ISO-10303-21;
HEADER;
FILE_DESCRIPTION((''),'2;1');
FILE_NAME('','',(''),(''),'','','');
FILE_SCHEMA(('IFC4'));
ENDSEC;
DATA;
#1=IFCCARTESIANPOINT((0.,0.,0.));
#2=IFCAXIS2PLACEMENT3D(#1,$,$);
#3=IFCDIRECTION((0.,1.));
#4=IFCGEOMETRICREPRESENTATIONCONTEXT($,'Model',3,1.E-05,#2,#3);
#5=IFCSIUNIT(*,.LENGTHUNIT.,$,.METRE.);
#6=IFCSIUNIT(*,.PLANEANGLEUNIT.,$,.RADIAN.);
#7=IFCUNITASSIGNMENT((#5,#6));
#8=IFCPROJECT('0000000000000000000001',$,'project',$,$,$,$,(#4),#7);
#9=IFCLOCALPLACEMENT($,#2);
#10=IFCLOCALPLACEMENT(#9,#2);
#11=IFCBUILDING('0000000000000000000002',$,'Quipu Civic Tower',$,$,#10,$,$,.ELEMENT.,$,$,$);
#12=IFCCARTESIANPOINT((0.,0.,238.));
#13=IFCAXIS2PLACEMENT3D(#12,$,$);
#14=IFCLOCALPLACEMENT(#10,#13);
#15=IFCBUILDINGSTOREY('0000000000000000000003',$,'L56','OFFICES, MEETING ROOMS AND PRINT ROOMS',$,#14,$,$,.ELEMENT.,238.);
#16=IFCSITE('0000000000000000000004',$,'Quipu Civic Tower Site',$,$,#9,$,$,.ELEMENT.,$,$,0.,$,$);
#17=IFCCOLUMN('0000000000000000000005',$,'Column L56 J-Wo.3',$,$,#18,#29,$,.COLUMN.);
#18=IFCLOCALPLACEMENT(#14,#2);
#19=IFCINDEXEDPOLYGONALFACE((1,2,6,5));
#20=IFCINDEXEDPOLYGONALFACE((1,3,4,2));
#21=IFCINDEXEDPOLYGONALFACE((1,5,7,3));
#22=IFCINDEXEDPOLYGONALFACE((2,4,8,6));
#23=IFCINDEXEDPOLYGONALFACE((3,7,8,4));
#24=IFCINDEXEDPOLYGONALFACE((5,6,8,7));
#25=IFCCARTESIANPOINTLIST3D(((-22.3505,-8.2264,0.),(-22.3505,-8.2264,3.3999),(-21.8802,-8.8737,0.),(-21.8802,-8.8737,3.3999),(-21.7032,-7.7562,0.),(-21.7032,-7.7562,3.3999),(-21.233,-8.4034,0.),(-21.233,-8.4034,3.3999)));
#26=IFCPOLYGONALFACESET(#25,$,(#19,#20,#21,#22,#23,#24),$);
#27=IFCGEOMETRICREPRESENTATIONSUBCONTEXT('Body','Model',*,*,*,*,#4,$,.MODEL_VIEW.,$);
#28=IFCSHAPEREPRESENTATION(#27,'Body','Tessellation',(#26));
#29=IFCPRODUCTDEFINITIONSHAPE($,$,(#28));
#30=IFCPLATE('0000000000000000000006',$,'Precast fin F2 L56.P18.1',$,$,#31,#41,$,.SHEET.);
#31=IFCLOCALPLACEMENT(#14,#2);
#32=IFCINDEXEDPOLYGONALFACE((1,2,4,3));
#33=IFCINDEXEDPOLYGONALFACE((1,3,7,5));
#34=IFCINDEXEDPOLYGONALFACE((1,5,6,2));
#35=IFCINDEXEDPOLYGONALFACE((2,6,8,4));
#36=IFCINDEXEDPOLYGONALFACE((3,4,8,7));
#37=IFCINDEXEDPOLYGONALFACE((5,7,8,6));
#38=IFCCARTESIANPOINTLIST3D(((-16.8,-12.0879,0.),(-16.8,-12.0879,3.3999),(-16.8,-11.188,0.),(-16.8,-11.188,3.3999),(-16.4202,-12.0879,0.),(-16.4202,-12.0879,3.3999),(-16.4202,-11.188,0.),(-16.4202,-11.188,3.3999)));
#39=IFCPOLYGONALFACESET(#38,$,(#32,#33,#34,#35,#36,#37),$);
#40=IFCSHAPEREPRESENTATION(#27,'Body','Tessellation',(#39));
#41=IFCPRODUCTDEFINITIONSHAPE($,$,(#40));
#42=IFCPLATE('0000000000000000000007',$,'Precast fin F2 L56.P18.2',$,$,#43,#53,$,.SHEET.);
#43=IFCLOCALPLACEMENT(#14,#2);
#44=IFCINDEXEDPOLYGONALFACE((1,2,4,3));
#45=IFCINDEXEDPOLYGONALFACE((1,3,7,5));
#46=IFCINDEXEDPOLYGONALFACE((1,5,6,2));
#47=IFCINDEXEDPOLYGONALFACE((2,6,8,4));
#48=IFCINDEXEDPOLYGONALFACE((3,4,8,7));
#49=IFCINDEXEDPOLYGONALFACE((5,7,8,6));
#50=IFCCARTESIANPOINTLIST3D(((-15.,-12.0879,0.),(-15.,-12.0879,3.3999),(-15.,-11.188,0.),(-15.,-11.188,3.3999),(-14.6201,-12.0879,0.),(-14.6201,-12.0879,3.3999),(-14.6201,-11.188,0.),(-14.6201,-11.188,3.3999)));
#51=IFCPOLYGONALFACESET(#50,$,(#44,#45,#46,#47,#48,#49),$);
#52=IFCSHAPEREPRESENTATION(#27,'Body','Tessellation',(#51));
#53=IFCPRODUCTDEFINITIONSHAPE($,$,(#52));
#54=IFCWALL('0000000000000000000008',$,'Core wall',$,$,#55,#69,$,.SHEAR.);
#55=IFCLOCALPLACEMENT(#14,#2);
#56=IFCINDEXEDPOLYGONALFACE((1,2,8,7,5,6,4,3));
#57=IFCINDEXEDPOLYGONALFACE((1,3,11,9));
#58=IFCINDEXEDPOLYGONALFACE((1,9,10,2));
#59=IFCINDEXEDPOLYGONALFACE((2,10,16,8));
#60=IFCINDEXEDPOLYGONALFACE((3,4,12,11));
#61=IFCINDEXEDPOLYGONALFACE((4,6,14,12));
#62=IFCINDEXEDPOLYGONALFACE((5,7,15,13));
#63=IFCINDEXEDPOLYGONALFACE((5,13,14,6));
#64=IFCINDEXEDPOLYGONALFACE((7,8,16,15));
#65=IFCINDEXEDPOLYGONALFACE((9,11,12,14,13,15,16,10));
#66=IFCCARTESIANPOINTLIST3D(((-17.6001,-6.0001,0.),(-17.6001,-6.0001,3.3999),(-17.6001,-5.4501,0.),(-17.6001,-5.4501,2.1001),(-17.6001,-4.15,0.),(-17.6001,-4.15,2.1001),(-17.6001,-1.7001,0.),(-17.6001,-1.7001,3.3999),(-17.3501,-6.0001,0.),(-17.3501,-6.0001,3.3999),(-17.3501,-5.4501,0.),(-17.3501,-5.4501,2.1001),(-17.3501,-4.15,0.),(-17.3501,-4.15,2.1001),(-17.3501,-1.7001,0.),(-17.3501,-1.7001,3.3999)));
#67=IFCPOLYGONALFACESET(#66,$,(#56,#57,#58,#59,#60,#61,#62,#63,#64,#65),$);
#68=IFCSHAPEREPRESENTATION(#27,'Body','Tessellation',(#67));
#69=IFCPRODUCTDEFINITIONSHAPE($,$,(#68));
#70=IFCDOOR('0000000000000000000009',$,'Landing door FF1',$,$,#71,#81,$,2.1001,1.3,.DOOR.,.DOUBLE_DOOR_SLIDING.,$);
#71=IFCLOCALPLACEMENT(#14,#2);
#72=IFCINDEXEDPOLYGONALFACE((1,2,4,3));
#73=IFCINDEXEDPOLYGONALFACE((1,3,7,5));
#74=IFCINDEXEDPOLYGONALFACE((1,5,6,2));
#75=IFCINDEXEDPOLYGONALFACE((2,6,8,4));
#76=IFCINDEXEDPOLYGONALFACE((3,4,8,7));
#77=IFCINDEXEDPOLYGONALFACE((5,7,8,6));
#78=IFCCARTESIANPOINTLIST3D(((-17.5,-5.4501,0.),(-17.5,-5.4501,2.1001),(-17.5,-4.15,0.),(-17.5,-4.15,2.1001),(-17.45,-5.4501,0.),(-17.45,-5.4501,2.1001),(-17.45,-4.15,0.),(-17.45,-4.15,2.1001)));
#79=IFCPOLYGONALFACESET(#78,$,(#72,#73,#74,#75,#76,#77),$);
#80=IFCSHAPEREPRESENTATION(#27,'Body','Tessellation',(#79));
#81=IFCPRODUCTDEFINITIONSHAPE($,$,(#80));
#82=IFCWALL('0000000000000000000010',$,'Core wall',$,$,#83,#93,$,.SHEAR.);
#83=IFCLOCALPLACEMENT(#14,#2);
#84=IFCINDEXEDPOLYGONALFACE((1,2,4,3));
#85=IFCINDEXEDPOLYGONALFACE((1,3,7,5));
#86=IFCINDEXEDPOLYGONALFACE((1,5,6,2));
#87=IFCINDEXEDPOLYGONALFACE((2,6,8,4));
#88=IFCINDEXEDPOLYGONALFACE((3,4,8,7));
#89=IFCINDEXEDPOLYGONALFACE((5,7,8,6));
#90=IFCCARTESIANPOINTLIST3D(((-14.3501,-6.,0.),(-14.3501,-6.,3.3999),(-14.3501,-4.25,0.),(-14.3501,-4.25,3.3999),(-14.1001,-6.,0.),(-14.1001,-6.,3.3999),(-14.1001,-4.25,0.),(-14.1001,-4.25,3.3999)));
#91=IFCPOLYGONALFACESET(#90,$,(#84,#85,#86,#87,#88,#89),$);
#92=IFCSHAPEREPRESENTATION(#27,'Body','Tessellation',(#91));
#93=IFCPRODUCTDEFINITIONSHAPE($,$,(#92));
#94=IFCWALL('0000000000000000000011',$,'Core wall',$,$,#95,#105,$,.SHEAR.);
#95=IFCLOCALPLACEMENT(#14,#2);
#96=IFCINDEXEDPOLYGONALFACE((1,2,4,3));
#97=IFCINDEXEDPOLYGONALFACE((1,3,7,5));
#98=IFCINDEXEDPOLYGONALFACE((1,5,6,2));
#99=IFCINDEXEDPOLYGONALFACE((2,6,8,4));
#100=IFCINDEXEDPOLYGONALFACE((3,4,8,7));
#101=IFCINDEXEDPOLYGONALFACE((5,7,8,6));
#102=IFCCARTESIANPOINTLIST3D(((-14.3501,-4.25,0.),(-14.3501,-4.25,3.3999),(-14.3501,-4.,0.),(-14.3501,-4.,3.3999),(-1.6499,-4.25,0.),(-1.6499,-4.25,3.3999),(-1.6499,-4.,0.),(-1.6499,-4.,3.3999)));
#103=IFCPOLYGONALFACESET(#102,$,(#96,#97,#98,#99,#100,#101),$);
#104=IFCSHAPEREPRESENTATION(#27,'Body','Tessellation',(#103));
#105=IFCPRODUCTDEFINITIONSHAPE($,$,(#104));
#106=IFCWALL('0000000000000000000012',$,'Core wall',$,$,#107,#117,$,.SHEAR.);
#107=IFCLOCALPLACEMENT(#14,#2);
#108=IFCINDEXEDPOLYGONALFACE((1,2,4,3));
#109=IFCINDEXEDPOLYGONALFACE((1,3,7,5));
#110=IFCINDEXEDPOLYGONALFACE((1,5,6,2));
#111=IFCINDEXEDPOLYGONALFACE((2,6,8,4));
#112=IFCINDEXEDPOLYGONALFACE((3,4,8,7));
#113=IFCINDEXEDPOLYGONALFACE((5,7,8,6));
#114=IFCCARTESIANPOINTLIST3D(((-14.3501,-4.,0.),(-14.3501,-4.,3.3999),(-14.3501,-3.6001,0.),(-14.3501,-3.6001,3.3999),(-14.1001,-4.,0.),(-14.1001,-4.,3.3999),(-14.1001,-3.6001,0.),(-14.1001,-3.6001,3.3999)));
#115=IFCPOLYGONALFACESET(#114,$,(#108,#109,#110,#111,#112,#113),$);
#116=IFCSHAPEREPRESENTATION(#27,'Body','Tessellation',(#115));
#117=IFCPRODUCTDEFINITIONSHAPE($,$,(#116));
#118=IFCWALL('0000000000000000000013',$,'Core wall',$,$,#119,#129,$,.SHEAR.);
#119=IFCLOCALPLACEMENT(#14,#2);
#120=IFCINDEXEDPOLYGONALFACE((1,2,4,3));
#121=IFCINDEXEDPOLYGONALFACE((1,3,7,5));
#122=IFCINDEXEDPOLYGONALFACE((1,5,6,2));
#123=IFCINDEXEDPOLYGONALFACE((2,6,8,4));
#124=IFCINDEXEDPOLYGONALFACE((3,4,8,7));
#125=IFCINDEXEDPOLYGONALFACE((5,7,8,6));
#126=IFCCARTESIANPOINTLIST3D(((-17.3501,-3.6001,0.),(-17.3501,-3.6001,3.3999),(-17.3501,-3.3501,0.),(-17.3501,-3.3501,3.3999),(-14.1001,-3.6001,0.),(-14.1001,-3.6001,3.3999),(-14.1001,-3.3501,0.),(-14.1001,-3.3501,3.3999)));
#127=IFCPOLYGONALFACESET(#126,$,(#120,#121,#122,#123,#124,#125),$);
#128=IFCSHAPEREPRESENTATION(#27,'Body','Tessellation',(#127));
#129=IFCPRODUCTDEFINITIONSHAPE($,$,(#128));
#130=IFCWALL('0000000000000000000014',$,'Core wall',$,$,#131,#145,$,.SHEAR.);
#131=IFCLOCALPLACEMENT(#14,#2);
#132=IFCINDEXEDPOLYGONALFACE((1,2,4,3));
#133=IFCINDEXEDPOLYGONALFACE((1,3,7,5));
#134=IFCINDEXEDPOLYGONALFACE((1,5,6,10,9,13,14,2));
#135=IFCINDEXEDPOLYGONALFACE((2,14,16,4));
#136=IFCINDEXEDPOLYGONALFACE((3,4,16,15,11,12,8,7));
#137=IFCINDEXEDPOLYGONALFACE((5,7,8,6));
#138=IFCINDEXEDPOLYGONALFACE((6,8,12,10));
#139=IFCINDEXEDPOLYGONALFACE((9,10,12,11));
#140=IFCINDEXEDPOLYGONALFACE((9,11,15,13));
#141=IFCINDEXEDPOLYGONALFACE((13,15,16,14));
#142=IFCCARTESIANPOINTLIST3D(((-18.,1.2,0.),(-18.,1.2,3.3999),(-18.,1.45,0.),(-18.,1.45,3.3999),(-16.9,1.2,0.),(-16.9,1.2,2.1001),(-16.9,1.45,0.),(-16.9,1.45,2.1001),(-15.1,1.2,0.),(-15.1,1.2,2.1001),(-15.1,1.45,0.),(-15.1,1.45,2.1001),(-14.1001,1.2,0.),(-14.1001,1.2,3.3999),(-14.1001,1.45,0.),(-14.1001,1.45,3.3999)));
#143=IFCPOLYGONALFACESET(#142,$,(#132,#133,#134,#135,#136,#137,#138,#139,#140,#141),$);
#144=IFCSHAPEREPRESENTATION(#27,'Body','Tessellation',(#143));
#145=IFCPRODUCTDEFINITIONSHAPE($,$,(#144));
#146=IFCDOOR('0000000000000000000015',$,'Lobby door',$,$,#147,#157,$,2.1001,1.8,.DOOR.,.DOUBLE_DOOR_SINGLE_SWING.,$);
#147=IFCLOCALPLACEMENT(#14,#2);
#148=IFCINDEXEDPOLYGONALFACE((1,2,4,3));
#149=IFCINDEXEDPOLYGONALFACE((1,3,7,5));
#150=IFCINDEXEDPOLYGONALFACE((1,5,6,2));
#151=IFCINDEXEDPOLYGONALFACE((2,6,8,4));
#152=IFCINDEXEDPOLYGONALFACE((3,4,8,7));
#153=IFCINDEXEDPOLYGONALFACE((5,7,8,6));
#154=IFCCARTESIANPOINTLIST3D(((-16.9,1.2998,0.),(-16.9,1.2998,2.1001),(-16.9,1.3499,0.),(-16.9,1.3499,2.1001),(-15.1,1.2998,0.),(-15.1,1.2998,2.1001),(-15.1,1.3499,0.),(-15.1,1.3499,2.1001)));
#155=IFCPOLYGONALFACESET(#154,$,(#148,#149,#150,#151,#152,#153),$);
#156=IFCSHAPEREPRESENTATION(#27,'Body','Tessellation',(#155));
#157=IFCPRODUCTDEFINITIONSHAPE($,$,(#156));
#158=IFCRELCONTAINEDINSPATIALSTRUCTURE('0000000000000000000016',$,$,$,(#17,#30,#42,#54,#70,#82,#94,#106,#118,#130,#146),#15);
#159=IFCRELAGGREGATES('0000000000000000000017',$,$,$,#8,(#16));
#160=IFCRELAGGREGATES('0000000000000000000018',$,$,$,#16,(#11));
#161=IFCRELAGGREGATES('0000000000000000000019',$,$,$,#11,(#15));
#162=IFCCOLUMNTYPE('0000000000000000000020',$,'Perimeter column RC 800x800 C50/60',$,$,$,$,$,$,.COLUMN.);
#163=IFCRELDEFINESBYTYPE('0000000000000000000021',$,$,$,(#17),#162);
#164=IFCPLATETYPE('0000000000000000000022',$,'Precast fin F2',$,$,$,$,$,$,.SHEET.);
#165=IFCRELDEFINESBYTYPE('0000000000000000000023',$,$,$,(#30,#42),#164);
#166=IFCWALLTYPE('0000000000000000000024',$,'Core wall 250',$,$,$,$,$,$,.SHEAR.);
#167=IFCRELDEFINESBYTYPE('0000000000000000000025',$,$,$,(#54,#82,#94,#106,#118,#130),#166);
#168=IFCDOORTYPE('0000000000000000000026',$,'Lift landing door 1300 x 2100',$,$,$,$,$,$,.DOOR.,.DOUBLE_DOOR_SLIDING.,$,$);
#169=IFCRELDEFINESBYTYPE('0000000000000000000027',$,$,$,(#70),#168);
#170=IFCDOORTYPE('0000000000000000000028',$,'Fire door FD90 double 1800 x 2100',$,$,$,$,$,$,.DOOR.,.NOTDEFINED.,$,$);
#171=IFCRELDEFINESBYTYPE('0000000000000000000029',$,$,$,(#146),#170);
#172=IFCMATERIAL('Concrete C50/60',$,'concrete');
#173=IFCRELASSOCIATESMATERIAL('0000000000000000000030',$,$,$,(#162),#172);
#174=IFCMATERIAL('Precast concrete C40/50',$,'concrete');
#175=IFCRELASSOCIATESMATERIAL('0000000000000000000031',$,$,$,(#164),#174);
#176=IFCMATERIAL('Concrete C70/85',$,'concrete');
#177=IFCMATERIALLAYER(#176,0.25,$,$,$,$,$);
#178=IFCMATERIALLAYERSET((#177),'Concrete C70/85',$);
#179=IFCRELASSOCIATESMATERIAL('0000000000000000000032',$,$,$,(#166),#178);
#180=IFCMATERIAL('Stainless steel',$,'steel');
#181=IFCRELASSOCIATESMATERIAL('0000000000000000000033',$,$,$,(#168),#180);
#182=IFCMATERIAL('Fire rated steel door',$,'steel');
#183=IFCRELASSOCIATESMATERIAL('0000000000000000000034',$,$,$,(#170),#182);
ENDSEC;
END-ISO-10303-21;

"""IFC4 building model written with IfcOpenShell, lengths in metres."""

from ifc_helpers import new_model, si_unit, direction, frame, frame_2d, origin, origin_2d, place, context, subcontext, project, spatial, rectangle, extrude, material, layer, layer_set, material_profile, profile_set, type_object, element, fill, save


model = new_model("IFC4")

# Units and contexts
model_context = context("Model", 3, precision=1e-05, world=origin(), true_north=direction((0.0, 1.0)))
body_context = subcontext(model_context, "Body", "Model", "MODEL_VIEW")
ifc_project = project(units=[si_unit("LENGTHUNIT", "METRE"), si_unit("PLANEANGLEUNIT", "RADIAN")], contexts=[model_context])

# Site, building, storey
site_placement = place(None, origin())
site = spatial("IfcSite", under=ifc_project, at=site_placement, Name="Quipu Civic Tower Site", CompositionType="ELEMENT", RefElevation=0.0)
building_placement = place(site_placement, origin())
building = spatial("IfcBuilding", under=site, at=building_placement, Name="Quipu Civic Tower", CompositionType="ELEMENT")
storey_placement = place(building_placement, frame((0.0, 0.0, 238.0)))
storey = spatial("IfcBuildingStorey", under=building, at=storey_placement, Name="L56", Description="OFFICES, MEETING ROOMS AND PRINT ROOMS", CompositionType="ELEMENT", Elevation=238.0)

# Column
ifc_material_1 = material(Name="Concrete C50/60", Category="concrete")
ifc_material_profile = material_profile(ifc_material_1, rectangle(XDim=0.8, YDim=0.8, at=origin_2d()), Name="RC800x800")
ifc_profile_set = profile_set([ifc_material_profile], Name="Concrete C50/60")
column_type = type_object("IfcColumnType", Name="Perimeter column RC 800x800 C50/60", PredefinedType="COLUMN", material=ifc_profile_set)
column_placement = place(storey_placement, frame((-21.7917, -8.3149, 0.0), z_axis=(0.0, 0.0, 1.0), x_axis=(0.587785, -0.809017, 0.0)))
element("IfcColumn", 1, at=column_placement, inside=storey, type_object=column_type, Name="Column L56 J-Wo.3", PredefinedType="COLUMN", context=body_context, shape_type="SweptSolid", body=[
    extrude(rectangle(XDim=0.8, YDim=0.8, at=origin_2d()), origin(), (0.0, 0.0, 1.0), 3.3999),
])

# Plates
ifc_material_2 = material(Name="Precast concrete C40/50", Category="concrete")
plate_type = type_object("IfcPlateType", Name="Precast fin F2", PredefinedType="SHEET", material=ifc_material_2)
for number, where, z_axis, x_axis, name in (
    (2, (-16.6101, -11.6379, 0.0), (0.0, 0.0, 1.0), (1.0, 0.0, 0.0), "Precast fin F2 L56.P18.1"),
    (3, (-14.8101, -11.6379, 0.0), (0.0, 0.0, 1.0), (1.0, 0.0, 0.0), "Precast fin F2 L56.P18.2"),
):
    element("IfcPlate", number, at=place(storey_placement, frame(where, z_axis=z_axis, x_axis=x_axis)), inside=storey, type_object=plate_type, Name=name, PredefinedType="SHEET", context=body_context, shape_type="SweptSolid", body=[
        extrude(rectangle(XDim=0.3799, YDim=0.8999, at=origin_2d()), origin(), (0.0, 0.0, 1.0), 3.3999),
    ])

# Wall, opening, door
ifc_material_3 = material(Name="Concrete C70/85", Category="concrete")
ifc_layer_1 = layer(ifc_material_3, 0.25)
ifc_layer_set_1 = layer_set([ifc_layer_1], Name="Concrete C70/85")
wall_type_1 = type_object("IfcWallType", Name="Core wall 250", PredefinedType="SHEAR", material=ifc_layer_set_1)
wall_1_placement = place(storey_placement, frame((-17.4751, -6.0, 0.0), z_axis=(0.0, 0.0, 1.0), x_axis=(0.0, 1.0, 0.0)))
wall_1 = element("IfcWall", 4, at=wall_1_placement, inside=storey, type_object=wall_type_1, Name="Core wall", PredefinedType="SHEAR", context=body_context, shape_type="SweptSolid", body=[
    extrude(rectangle(XDim=4.3, YDim=0.25, at=frame_2d((2.1499, 0.0))), origin(), (0.0, 0.0, 1.0), 3.3999),
])
opening_1_placement = place(wall_1_placement, frame((0.55, 0.0, 0.0)))
opening_1 = element("IfcOpeningElement", 5, at=opening_1_placement, cuts=wall_1, PredefinedType="OPENING", context=body_context, shape_type="SweptSolid", body=[
    extrude(rectangle(XDim=1.3, YDim=2.1001, at=frame_2d((0.6499, 1.05))), frame((0.0, 0.135, 0.0), z_axis=(0.0, -1.0, 0.0), x_axis=(1.0, 0.0, 0.0)), (0.0, 0.0, 1.0), 0.27),
])
ifc_material_4 = material(Name="Stainless steel", Category="steel")
door_type_1 = type_object("IfcDoorType", Name="Lift landing door 1300 x 2100", OperationType="DOUBLE_DOOR_SLIDING", PredefinedType="DOOR", material=ifc_material_4)
door_1_placement = place(opening_1_placement, origin())
door_1 = element("IfcDoor", 6, at=door_1_placement, inside=storey, type_object=door_type_1, Name="Landing door FF1", OperationType="DOUBLE_DOOR_SLIDING", OverallHeight=2.1001, OverallWidth=1.3, PredefinedType="DOOR", context=body_context, shape_type="SweptSolid", body=[
    extrude(rectangle(XDim=1.3, YDim=2.1001, at=frame_2d((0.6499, 1.05))), frame((0.0, 0.0249, 0.0), z_axis=(0.0, -1.0, 0.0), x_axis=(1.0, 0.0, 0.0)), (0.0, 0.0, 1.0), 0.05),
])
fill(opening_1, door_1)

# Walls
wall_2_placement = place(storey_placement, frame((-14.2251, -6.0, 0.0), z_axis=(0.0, 0.0, 1.0), x_axis=(0.0, 1.0, 0.0)))
element("IfcWall", 7, at=wall_2_placement, inside=storey, type_object=wall_type_1, Name="Core wall", PredefinedType="SHEAR", context=body_context, shape_type="SweptSolid", body=[
    extrude(rectangle(XDim=1.75, YDim=0.25, at=frame_2d((0.875, 0.0))), origin(), (0.0, 0.0, 1.0), 3.3999),
])
wall_3_placement = place(storey_placement, frame((-14.3501, -4.125, 0.0), z_axis=(0.0, 0.0, 1.0), x_axis=(1.0, 0.0, 0.0)))
element("IfcWall", 8, at=wall_3_placement, inside=storey, type_object=wall_type_1, Name="Core wall", PredefinedType="SHEAR", context=body_context, shape_type="SweptSolid", body=[
    extrude(rectangle(XDim=12.7002, YDim=0.25, at=frame_2d((6.3501, 0.0))), origin(), (0.0, 0.0, 1.0), 3.3999),
])
wall_4_placement = place(storey_placement, frame((-14.2251, -4.0, 0.0), z_axis=(0.0, 0.0, 1.0), x_axis=(0.0, 1.0, 0.0)))
element("IfcWall", 9, at=wall_4_placement, inside=storey, type_object=wall_type_1, Name="Core wall", PredefinedType="SHEAR", context=body_context, shape_type="SweptSolid", body=[
    extrude(rectangle(XDim=0.3999, YDim=0.25, at=frame_2d((0.2, 0.0))), origin(), (0.0, 0.0, 1.0), 3.3999),
])
wall_5_placement = place(storey_placement, frame((-17.3501, -3.4751, 0.0), z_axis=(0.0, 0.0, 1.0), x_axis=(1.0, 0.0, 0.0)))
element("IfcWall", 10, at=wall_5_placement, inside=storey, type_object=wall_type_1, Name="Core wall", PredefinedType="SHEAR", context=body_context, shape_type="SweptSolid", body=[
    extrude(rectangle(XDim=3.25, YDim=0.25, at=frame_2d((1.625, 0.0))), origin(), (0.0, 0.0, 1.0), 3.3999),
])

# Wall, opening, door
wall_6_placement = place(storey_placement, frame((-18.0, 1.325, 0.0), z_axis=(0.0, 0.0, 1.0), x_axis=(1.0, 0.0, 0.0)))
wall_6 = element("IfcWall", 11, at=wall_6_placement, inside=storey, type_object=wall_type_1, Name="Core wall", PredefinedType="SHEAR", context=body_context, shape_type="SweptSolid", body=[
    extrude(rectangle(XDim=3.8999, YDim=0.25, at=frame_2d((1.95, 0.0))), origin(), (0.0, 0.0, 1.0), 3.3999),
])
opening_2_placement = place(wall_6_placement, frame((1.1001, 0.0, 0.0)))
opening_2 = element("IfcOpeningElement", 12, at=opening_2_placement, cuts=wall_6, PredefinedType="OPENING", context=body_context, shape_type="SweptSolid", body=[
    extrude(rectangle(XDim=1.8, YDim=2.1001, at=frame_2d((0.8999, 1.05))), frame((0.0, 0.135, 0.0), z_axis=(0.0, -1.0, 0.0), x_axis=(1.0, 0.0, 0.0)), (0.0, 0.0, 1.0), 0.27),
])
ifc_material_5 = material(Name="Fire rated steel door", Category="steel")
door_type_2 = type_object("IfcDoorType", Name="Fire door FD90 double 1800 x 2100", OperationType="NOTDEFINED", PredefinedType="DOOR", material=ifc_material_5)
door_2_placement = place(opening_2_placement, origin())
door_2 = element("IfcDoor", 13, at=door_2_placement, inside=storey, type_object=door_type_2, Name="Lobby door", OperationType="DOUBLE_DOOR_SINGLE_SWING", OverallHeight=2.1001, OverallWidth=1.8, PredefinedType="DOOR", context=body_context, shape_type="SweptSolid", body=[
    extrude(rectangle(XDim=1.8, YDim=2.1001, at=frame_2d((0.8999, 1.05))), frame((0.0, 0.0249, 0.0), z_axis=(0.0, -1.0, 0.0), x_axis=(1.0, 0.0, 0.0)), (0.0, 0.0, 1.0), 0.05),
])
fill(opening_2, door_2)

save(model, "model.ifc")
